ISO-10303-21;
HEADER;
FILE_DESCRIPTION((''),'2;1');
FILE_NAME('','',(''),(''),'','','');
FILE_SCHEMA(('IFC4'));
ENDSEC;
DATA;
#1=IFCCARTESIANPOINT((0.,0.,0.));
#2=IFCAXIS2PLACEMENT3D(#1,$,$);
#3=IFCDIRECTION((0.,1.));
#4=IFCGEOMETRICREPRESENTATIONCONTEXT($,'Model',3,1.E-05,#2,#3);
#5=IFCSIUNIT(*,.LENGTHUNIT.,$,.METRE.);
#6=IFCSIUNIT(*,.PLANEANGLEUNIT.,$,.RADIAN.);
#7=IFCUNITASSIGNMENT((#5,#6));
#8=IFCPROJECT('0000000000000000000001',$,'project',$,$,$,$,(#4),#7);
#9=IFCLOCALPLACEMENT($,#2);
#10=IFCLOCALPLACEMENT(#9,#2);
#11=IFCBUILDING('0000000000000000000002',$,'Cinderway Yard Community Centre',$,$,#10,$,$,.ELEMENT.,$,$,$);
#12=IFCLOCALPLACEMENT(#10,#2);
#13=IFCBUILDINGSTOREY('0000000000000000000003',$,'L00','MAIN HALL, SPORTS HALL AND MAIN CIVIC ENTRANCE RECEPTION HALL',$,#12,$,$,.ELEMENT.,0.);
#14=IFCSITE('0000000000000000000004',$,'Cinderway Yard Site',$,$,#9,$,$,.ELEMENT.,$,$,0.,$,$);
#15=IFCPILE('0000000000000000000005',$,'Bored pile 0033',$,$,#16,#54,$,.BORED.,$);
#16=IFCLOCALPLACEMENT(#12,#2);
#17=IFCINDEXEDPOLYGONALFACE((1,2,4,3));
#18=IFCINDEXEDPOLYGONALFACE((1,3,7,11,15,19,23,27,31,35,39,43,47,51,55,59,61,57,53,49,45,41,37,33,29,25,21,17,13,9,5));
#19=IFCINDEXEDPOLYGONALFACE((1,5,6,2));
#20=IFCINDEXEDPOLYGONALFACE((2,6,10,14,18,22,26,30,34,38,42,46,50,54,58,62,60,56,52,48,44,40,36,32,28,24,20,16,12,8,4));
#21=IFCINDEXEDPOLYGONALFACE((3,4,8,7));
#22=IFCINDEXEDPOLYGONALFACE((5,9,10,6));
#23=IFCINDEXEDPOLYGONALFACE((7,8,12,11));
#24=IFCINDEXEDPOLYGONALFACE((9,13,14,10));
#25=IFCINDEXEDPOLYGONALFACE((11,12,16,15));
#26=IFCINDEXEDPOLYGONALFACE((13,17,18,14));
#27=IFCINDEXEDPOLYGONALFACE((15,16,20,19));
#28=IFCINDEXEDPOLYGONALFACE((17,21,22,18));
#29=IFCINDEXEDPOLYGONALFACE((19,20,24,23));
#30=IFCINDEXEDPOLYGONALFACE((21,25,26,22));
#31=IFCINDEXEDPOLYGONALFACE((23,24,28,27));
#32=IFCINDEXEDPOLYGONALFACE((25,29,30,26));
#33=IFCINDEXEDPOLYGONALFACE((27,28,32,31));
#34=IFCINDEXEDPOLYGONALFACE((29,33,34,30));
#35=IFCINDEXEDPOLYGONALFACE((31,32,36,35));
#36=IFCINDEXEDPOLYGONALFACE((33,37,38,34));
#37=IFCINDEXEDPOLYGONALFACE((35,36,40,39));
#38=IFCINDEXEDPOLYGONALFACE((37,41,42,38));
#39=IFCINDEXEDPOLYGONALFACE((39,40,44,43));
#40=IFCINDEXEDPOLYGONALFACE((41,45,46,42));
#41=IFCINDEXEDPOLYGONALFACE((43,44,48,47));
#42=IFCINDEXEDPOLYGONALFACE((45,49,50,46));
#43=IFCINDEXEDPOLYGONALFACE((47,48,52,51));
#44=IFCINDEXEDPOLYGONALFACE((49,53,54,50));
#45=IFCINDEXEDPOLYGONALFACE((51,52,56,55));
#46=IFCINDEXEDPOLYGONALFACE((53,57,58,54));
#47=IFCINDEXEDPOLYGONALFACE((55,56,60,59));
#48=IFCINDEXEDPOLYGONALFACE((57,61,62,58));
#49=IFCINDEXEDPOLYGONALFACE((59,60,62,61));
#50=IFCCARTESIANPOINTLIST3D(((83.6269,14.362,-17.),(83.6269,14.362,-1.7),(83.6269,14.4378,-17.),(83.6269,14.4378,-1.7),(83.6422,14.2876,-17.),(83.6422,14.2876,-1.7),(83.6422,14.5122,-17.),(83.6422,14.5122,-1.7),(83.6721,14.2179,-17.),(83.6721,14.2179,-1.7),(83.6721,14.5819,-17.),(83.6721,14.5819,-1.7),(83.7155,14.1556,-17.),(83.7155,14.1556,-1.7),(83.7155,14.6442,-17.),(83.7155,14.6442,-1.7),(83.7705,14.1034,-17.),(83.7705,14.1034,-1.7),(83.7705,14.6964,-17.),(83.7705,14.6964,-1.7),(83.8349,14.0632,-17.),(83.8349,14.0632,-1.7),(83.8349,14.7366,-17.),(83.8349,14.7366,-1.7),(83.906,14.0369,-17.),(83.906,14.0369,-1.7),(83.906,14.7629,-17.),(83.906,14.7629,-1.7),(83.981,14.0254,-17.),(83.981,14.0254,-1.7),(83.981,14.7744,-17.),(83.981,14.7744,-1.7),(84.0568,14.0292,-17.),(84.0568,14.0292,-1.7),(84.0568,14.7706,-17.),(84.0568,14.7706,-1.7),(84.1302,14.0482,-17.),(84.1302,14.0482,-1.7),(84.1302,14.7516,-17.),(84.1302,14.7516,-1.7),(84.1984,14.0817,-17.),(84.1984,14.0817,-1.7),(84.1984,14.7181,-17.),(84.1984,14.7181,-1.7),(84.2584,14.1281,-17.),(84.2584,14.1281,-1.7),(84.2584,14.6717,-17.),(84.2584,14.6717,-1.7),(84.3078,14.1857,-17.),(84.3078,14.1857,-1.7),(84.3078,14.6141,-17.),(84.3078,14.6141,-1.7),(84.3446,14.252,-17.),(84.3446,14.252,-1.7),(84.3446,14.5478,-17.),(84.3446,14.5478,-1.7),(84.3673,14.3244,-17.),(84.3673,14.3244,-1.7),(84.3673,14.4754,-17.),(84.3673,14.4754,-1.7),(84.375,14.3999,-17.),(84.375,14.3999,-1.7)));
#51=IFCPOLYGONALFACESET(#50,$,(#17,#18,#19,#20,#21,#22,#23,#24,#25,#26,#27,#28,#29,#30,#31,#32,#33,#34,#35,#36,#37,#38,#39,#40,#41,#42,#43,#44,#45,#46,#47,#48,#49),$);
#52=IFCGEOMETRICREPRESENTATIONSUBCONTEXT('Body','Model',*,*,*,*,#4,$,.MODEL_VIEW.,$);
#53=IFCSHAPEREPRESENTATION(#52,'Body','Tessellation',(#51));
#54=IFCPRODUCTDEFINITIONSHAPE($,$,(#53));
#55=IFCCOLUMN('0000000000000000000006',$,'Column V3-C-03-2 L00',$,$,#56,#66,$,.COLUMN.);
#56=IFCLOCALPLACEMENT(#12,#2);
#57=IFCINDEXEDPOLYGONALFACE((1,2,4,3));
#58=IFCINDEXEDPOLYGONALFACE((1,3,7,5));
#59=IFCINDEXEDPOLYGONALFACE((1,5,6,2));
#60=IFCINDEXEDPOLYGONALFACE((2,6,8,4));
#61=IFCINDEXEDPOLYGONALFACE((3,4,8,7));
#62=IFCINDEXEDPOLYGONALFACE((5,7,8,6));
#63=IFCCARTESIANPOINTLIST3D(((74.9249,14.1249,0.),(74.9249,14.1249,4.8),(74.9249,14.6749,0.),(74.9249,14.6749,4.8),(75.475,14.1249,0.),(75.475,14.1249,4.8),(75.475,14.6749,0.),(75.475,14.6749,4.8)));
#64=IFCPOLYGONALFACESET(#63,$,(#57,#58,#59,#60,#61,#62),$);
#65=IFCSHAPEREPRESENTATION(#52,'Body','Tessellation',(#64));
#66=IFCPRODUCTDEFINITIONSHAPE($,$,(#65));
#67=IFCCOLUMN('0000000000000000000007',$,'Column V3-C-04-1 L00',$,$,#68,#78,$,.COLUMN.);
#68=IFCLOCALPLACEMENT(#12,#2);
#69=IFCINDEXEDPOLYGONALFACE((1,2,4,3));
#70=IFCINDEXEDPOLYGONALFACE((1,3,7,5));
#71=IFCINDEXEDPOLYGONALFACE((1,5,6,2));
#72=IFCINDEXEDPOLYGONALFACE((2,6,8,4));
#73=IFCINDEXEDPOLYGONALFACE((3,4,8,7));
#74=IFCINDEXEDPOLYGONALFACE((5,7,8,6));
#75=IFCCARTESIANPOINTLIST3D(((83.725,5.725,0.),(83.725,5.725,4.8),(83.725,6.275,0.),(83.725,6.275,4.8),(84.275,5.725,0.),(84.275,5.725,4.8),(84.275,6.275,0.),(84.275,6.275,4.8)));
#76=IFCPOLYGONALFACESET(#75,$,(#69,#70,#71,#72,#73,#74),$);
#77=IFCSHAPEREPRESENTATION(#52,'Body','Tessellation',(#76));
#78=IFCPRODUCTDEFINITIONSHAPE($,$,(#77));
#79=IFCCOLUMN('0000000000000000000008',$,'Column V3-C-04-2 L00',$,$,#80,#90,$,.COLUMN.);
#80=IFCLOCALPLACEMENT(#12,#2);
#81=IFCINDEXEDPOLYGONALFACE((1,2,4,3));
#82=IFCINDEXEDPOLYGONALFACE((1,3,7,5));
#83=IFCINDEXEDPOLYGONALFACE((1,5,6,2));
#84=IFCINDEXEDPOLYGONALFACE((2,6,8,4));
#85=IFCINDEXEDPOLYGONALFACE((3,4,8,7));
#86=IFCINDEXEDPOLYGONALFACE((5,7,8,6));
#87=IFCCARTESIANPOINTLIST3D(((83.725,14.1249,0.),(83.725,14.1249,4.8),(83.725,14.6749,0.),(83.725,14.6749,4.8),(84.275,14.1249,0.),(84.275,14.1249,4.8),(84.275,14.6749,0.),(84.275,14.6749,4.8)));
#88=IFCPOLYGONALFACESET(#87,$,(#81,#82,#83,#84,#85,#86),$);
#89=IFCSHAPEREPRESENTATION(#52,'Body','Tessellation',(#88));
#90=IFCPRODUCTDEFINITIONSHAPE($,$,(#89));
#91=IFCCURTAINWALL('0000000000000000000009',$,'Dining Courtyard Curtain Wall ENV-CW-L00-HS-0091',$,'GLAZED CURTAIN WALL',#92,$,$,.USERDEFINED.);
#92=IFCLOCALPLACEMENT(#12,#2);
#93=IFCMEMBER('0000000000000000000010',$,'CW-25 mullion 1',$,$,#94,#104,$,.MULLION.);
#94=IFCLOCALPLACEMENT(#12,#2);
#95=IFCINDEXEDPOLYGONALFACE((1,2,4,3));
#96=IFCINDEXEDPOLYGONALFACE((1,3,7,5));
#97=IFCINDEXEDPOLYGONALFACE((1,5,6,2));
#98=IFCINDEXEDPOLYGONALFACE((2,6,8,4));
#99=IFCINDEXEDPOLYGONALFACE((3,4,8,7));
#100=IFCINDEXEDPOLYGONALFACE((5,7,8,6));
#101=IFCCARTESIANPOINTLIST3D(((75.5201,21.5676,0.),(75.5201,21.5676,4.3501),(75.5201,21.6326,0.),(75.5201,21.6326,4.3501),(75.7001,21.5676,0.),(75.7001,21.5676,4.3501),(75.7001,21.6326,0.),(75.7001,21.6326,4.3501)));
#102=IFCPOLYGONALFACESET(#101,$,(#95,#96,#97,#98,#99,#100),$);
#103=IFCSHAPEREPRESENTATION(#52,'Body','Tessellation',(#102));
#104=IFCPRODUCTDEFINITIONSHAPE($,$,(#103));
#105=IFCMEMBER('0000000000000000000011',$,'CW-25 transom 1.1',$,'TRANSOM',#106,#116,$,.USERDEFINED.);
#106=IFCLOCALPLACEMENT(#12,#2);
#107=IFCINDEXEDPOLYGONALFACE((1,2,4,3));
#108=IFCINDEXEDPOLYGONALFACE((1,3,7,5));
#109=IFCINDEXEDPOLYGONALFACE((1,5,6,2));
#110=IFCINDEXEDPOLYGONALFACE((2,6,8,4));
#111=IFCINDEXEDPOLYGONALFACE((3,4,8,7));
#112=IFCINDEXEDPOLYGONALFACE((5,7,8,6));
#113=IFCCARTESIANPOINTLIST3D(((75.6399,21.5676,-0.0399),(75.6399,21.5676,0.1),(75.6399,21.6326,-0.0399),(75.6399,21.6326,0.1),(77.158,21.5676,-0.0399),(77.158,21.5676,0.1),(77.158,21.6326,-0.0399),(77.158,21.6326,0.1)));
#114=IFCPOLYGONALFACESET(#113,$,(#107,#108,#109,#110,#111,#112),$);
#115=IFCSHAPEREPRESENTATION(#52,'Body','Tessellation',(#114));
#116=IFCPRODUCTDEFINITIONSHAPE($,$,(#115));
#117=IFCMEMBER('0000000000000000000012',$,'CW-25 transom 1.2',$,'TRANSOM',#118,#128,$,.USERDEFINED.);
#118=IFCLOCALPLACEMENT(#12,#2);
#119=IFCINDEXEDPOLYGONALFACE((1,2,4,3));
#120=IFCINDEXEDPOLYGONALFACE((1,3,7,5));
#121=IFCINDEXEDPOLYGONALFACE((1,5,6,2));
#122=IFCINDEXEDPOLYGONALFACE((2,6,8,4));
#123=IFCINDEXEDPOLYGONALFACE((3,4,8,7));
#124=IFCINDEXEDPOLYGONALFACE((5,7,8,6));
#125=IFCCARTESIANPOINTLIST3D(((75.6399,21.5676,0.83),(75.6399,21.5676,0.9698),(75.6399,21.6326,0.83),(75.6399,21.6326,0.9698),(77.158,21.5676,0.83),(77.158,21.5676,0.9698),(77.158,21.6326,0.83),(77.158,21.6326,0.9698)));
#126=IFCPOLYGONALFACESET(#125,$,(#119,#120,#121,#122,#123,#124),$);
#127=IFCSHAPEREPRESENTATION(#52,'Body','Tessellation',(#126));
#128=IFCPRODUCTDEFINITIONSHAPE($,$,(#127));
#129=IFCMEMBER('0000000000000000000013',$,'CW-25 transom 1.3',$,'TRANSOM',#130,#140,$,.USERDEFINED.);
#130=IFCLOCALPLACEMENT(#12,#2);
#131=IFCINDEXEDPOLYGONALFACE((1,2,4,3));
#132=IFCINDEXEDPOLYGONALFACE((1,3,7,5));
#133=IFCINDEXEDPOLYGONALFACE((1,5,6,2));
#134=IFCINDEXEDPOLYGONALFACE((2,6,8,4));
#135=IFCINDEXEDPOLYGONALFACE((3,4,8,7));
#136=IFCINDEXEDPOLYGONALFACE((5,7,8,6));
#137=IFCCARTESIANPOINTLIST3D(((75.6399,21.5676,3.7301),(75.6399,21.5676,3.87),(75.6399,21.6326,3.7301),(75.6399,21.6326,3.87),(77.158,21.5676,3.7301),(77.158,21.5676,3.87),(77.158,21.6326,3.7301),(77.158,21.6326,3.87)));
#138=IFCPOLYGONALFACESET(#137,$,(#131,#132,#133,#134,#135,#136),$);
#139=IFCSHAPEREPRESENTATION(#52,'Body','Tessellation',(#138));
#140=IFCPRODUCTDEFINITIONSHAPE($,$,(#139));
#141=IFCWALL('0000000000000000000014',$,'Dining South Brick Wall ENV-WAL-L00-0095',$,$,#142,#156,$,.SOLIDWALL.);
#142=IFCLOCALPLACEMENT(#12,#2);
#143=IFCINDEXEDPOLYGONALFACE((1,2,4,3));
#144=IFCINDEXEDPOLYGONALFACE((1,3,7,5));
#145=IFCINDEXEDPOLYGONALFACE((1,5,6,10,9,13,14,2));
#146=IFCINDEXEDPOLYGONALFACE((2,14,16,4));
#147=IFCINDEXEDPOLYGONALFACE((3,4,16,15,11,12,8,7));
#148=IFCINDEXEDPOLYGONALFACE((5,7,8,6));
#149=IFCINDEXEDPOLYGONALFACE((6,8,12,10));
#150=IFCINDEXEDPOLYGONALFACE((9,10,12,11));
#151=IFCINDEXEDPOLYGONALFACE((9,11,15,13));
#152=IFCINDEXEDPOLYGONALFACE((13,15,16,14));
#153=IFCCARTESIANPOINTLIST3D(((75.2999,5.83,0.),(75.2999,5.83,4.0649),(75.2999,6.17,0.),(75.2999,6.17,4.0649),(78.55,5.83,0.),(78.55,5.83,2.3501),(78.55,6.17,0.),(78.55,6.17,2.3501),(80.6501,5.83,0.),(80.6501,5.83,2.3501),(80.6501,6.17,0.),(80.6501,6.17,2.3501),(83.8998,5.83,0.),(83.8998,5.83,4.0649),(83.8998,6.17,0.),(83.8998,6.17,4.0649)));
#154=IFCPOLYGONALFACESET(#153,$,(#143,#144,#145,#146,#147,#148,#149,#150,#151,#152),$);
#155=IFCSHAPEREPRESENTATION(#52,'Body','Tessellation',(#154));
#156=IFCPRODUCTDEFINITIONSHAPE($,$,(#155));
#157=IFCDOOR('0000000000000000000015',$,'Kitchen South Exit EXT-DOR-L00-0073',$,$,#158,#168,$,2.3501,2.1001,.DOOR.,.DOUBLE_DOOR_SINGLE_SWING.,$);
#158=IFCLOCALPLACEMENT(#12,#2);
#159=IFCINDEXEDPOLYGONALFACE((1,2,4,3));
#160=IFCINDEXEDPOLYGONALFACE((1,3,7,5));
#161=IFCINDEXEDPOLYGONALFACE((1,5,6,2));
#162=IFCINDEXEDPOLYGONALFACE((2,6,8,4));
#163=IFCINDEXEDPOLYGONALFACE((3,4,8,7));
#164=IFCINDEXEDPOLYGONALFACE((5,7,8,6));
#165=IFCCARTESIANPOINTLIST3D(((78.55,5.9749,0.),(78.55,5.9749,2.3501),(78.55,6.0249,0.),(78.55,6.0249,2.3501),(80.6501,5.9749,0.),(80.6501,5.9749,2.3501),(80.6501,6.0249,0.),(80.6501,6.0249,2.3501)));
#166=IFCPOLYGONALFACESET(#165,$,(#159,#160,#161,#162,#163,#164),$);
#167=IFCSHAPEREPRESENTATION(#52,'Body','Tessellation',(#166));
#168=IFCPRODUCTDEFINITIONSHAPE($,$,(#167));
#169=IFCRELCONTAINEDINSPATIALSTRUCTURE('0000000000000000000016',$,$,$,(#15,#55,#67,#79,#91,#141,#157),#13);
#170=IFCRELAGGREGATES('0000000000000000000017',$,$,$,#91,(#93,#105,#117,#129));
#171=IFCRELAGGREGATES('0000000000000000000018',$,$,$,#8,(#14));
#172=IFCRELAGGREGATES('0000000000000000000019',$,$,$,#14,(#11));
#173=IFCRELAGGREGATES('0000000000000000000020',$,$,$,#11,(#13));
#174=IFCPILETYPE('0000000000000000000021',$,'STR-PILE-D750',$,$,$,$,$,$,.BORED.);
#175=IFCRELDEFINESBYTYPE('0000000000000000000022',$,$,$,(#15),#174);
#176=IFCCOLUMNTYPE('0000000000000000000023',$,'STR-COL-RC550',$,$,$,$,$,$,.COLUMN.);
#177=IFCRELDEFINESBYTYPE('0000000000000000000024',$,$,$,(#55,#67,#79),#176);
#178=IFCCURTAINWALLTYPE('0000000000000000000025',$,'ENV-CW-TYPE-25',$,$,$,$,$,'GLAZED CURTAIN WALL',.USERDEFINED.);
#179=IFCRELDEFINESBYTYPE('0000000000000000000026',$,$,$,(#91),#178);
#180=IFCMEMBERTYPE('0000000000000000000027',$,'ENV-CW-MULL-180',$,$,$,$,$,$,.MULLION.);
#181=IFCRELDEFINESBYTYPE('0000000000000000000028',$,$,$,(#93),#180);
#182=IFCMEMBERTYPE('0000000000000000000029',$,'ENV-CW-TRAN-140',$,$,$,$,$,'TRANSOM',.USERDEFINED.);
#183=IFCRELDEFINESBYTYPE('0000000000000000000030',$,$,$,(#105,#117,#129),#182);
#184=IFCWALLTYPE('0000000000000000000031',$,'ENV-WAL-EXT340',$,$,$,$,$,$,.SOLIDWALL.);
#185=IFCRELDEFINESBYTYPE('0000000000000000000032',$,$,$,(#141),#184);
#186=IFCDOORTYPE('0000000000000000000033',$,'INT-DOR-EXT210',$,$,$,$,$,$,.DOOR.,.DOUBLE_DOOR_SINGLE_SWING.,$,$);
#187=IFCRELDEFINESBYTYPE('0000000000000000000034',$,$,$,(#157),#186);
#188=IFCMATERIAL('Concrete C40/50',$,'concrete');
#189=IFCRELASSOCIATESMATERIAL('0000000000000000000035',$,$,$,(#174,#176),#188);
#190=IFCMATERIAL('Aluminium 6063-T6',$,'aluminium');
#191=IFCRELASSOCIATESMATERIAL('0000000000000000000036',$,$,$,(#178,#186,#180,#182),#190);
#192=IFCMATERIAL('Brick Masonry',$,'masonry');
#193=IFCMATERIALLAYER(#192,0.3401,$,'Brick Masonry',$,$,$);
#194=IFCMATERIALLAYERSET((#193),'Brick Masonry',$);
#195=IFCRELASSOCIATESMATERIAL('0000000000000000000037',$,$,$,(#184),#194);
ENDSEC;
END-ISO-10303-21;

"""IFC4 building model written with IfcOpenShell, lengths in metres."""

from ifc_helpers import new_model, si_unit, direction, frame, frame_2d, origin, origin_2d, place, context, subcontext, project, spatial, rectangle, circle, extrude, material, layer, layer_set, material_profile, profile_set, type_object, element, fill, aggregate, save


model = new_model("IFC4")

# Units and contexts
model_context = context("Model", 3, precision=1e-05, world=origin(), true_north=direction((0.0, 1.0)))
body_context = subcontext(model_context, "Body", "Model", "MODEL_VIEW")
ifc_project = project(units=[si_unit("LENGTHUNIT", "METRE"), si_unit("PLANEANGLEUNIT", "RADIAN")], contexts=[model_context])

# Site, building, storey
site_placement = place(None, origin())
site = spatial("IfcSite", under=ifc_project, at=site_placement, Name="Cinderway Yard Site", CompositionType="ELEMENT", RefElevation=0.0)
building_placement = place(site_placement, origin())
building = spatial("IfcBuilding", under=site, at=building_placement, Name="Cinderway Yard Community Centre", CompositionType="ELEMENT")
storey_placement = place(building_placement, origin())
storey = spatial("IfcBuildingStorey", under=building, at=storey_placement, Name="L00", Description="MAIN HALL, SPORTS HALL AND MAIN CIVIC ENTRANCE RECEPTION HALL", CompositionType="ELEMENT", Elevation=0.0)

# Shared definitions
ifc_material_1 = material(Name="Concrete C40/50", Category="concrete")

# Pile
ifc_material_profile_1 = material_profile(ifc_material_1, circle(Radius=0.375, at=origin_2d()), Name="Concrete C40/50")
ifc_profile_set_1 = profile_set([ifc_material_profile_1], Name="Concrete C40/50")
pile_type_1 = type_object("IfcPileType", Name="STR-PILE-D750", PredefinedType="BORED", material=ifc_profile_set_1)
for number, where, z_axis, x_axis, name in (
    (1, (84.0, 14.3999, -1.7), (0.0, 0.0, -1.0), (1.0, 0.0, 0.0), "Bored pile 0033"),
):
    element("IfcPile", number, at=place(storey_placement, frame(where, z_axis=z_axis, x_axis=x_axis)), inside=storey, type_object=pile_type_1, Name=name, PredefinedType="BORED", context=body_context, shape_type="SweptSolid", body=[
        extrude(circle(Radius=0.375, at=origin_2d()), origin(), (0.0, 0.0, 1.0), 15.3),
    ])

# Columns
ifc_material_profile_2 = material_profile(ifc_material_1, rectangle(XDim=0.55, YDim=0.55, at=origin_2d()), Name="Concrete C40/50")
ifc_profile_set_2 = profile_set([ifc_material_profile_2], Name="Concrete C40/50")
column_type = type_object("IfcColumnType", Name="STR-COL-RC550", PredefinedType="COLUMN", material=ifc_profile_set_2)
for number, where, z_axis, x_axis, name in (
    (2, (75.2, 14.3999, 0.0), (0.0, 0.0, 1.0), (1.0, 0.0, 0.0), "Column V3-C-03-2 L00"),
    (3, (84.0, 6.0, 0.0), (0.0, 0.0, 1.0), (1.0, 0.0, 0.0), "Column V3-C-04-1 L00"),
    (4, (84.0, 14.3999, 0.0), (0.0, 0.0, 1.0), (1.0, 0.0, 0.0), "Column V3-C-04-2 L00"),
):
    element("IfcColumn", number, at=place(storey_placement, frame(where, z_axis=z_axis, x_axis=x_axis)), inside=storey, type_object=column_type, Name=name, PredefinedType="COLUMN", context=body_context, shape_type="SweptSolid", body=[
        extrude(rectangle(XDim=0.55, YDim=0.55, at=origin_2d()), origin(), (0.0, 0.0, 1.0), 4.8),
    ])

# Curtain wall, members
ifc_material_2 = material(Name="Aluminium 6063-T6", Category="aluminium")
curtain_wall_type = type_object("IfcCurtainWallType", Name="ENV-CW-TYPE-25", ElementType="GLAZED CURTAIN WALL", PredefinedType="USERDEFINED", material=ifc_material_2)
curtain_wall_placement = place(storey_placement, origin())
curtain_wall = element("IfcCurtainWall", 5, at=curtain_wall_placement, inside=storey, type_object=curtain_wall_type, Name="Dining Courtyard Curtain Wall ENV-CW-L00-HS-0091", ObjectType="GLAZED CURTAIN WALL", PredefinedType="USERDEFINED")
ifc_material_profile_3 = material_profile(ifc_material_2, rectangle(XDim=0.0649, YDim=0.1799, at=origin_2d()), Name="Aluminium 6063-T6")
ifc_profile_set_3 = profile_set([ifc_material_profile_3], Name="Aluminium 6063-T6")
member_type_1 = type_object("IfcMemberType", Name="ENV-CW-MULL-180", PredefinedType="MULLION", material=ifc_profile_set_3)
member_1_placement = place(storey_placement, frame((75.6101, 21.6001, 0.0), z_axis=(0.0, 0.0, 1.0), x_axis=(0.0, 1.0, 0.0)))
member_1 = element("IfcMember", 6, at=member_1_placement, type_object=member_type_1, Name="CW-25 mullion 1", PredefinedType="MULLION", context=body_context, shape_type="SweptSolid", body=[
    extrude(rectangle(XDim=0.0649, YDim=0.1799, at=origin_2d()), origin(), (0.0, 0.0, 1.0), 4.3501),
])
ifc_material_profile_4 = material_profile(ifc_material_2, rectangle(XDim=0.0649, YDim=0.1399, at=origin_2d()), Name="Aluminium 6063-T6")
ifc_profile_set_4 = profile_set([ifc_material_profile_4], Name="Aluminium 6063-T6")
member_type_2 = type_object("IfcMemberType", Name="ENV-CW-TRAN-140", ElementType="TRANSOM", PredefinedType="USERDEFINED", material=ifc_profile_set_4)
member_2_placement = place(storey_placement, frame((75.6399, 21.6001, 0.03), z_axis=(1.0, 0.0, 0.0), x_axis=(0.0, 1.0, 0.0)))
member_2 = element("IfcMember", 7, at=member_2_placement, type_object=member_type_2, Name="CW-25 transom 1.1", ObjectType="TRANSOM", PredefinedType="USERDEFINED", context=body_context, shape_type="SweptSolid", body=[
    extrude(rectangle(XDim=0.0649, YDim=0.1399, at=origin_2d()), origin(), (0.0, 0.0, 1.0), 1.5181),
])
member_3_placement = place(storey_placement, frame((75.6399, 21.6001, 0.8999), z_axis=(1.0, 0.0, 0.0), x_axis=(0.0, 1.0, 0.0)))
member_3 = element("IfcMember", 8, at=member_3_placement, type_object=member_type_2, Name="CW-25 transom 1.2", ObjectType="TRANSOM", PredefinedType="USERDEFINED", context=body_context, shape_type="SweptSolid", body=[
    extrude(rectangle(XDim=0.0649, YDim=0.1399, at=origin_2d()), origin(), (0.0, 0.0, 1.0), 1.5181),
])
member_4_placement = place(storey_placement, frame((75.6399, 21.6001, 3.8), z_axis=(1.0, 0.0, 0.0), x_axis=(0.0, 1.0, 0.0)))
member_4 = element("IfcMember", 9, at=member_4_placement, type_object=member_type_2, Name="CW-25 transom 1.3", ObjectType="TRANSOM", PredefinedType="USERDEFINED", context=body_context, shape_type="SweptSolid", body=[
    extrude(rectangle(XDim=0.0649, YDim=0.1399, at=origin_2d()), origin(), (0.0, 0.0, 1.0), 1.5181),
])
aggregate(curtain_wall, [member_1, member_2, member_3, member_4])

# Wall, opening, door
ifc_material_3 = material(Name="Brick Masonry", Category="masonry")
ifc_layer_1 = layer(ifc_material_3, 0.3401, Name="Brick Masonry")
ifc_layer_set_1 = layer_set([ifc_layer_1], Name="Brick Masonry")
wall_type_1 = type_object("IfcWallType", Name="ENV-WAL-EXT340", PredefinedType="SOLIDWALL", material=ifc_layer_set_1)
wall_1_placement = place(storey_placement, frame((75.3, 6.0, 0.0), z_axis=(0.0, 0.0, 1.0), x_axis=(1.0, 0.0, 0.0)))
wall_1 = element("IfcWall", 10, at=wall_1_placement, inside=storey, type_object=wall_type_1, Name="Dining South Brick Wall ENV-WAL-L00-0095", PredefinedType="SOLIDWALL", context=body_context, shape_type="SweptSolid", body=[
    extrude(rectangle(XDim=8.5999, YDim=0.3401, at=frame_2d((4.2998, 0.0))), origin(), (0.0, 0.0, 1.0), 4.0649),
])
opening_1_placement = place(wall_1_placement, frame((3.25, 0.0, 0.0)))
opening_1 = element("IfcOpeningElement", 11, at=opening_1_placement, cuts=wall_1, PredefinedType="OPENING", context=body_context, shape_type="SweptSolid", body=[
    extrude(rectangle(XDim=2.1001, YDim=2.3501, at=frame_2d((1.05, 1.175))), frame((0.0, 0.1799, 0.0), z_axis=(0.0, -1.0, 0.0), x_axis=(1.0, 0.0, 0.0)), (0.0, 0.0, 1.0), 0.3601),
])
door_type_1 = type_object("IfcDoorType", Name="INT-DOR-EXT210", OperationType="DOUBLE_DOOR_SINGLE_SWING", PredefinedType="DOOR", material=ifc_material_2)
door_1_placement = place(opening_1_placement, origin())
door_1 = element("IfcDoor", 12, at=door_1_placement, inside=storey, type_object=door_type_1, Name="Kitchen South Exit EXT-DOR-L00-0073", OperationType="DOUBLE_DOOR_SINGLE_SWING", OverallHeight=2.3501, OverallWidth=2.1001, PredefinedType="DOOR", context=body_context, shape_type="SweptSolid", body=[
    extrude(rectangle(XDim=2.1001, YDim=2.3501, at=frame_2d((1.05, 1.175))), frame((0.0, 0.0249, 0.0), z_axis=(0.0, -1.0, 0.0), x_axis=(1.0, 0.0, 0.0)), (0.0, 0.0, 1.0), 0.05),
])
fill(opening_1, door_1)

save(model, "model.ifc")
